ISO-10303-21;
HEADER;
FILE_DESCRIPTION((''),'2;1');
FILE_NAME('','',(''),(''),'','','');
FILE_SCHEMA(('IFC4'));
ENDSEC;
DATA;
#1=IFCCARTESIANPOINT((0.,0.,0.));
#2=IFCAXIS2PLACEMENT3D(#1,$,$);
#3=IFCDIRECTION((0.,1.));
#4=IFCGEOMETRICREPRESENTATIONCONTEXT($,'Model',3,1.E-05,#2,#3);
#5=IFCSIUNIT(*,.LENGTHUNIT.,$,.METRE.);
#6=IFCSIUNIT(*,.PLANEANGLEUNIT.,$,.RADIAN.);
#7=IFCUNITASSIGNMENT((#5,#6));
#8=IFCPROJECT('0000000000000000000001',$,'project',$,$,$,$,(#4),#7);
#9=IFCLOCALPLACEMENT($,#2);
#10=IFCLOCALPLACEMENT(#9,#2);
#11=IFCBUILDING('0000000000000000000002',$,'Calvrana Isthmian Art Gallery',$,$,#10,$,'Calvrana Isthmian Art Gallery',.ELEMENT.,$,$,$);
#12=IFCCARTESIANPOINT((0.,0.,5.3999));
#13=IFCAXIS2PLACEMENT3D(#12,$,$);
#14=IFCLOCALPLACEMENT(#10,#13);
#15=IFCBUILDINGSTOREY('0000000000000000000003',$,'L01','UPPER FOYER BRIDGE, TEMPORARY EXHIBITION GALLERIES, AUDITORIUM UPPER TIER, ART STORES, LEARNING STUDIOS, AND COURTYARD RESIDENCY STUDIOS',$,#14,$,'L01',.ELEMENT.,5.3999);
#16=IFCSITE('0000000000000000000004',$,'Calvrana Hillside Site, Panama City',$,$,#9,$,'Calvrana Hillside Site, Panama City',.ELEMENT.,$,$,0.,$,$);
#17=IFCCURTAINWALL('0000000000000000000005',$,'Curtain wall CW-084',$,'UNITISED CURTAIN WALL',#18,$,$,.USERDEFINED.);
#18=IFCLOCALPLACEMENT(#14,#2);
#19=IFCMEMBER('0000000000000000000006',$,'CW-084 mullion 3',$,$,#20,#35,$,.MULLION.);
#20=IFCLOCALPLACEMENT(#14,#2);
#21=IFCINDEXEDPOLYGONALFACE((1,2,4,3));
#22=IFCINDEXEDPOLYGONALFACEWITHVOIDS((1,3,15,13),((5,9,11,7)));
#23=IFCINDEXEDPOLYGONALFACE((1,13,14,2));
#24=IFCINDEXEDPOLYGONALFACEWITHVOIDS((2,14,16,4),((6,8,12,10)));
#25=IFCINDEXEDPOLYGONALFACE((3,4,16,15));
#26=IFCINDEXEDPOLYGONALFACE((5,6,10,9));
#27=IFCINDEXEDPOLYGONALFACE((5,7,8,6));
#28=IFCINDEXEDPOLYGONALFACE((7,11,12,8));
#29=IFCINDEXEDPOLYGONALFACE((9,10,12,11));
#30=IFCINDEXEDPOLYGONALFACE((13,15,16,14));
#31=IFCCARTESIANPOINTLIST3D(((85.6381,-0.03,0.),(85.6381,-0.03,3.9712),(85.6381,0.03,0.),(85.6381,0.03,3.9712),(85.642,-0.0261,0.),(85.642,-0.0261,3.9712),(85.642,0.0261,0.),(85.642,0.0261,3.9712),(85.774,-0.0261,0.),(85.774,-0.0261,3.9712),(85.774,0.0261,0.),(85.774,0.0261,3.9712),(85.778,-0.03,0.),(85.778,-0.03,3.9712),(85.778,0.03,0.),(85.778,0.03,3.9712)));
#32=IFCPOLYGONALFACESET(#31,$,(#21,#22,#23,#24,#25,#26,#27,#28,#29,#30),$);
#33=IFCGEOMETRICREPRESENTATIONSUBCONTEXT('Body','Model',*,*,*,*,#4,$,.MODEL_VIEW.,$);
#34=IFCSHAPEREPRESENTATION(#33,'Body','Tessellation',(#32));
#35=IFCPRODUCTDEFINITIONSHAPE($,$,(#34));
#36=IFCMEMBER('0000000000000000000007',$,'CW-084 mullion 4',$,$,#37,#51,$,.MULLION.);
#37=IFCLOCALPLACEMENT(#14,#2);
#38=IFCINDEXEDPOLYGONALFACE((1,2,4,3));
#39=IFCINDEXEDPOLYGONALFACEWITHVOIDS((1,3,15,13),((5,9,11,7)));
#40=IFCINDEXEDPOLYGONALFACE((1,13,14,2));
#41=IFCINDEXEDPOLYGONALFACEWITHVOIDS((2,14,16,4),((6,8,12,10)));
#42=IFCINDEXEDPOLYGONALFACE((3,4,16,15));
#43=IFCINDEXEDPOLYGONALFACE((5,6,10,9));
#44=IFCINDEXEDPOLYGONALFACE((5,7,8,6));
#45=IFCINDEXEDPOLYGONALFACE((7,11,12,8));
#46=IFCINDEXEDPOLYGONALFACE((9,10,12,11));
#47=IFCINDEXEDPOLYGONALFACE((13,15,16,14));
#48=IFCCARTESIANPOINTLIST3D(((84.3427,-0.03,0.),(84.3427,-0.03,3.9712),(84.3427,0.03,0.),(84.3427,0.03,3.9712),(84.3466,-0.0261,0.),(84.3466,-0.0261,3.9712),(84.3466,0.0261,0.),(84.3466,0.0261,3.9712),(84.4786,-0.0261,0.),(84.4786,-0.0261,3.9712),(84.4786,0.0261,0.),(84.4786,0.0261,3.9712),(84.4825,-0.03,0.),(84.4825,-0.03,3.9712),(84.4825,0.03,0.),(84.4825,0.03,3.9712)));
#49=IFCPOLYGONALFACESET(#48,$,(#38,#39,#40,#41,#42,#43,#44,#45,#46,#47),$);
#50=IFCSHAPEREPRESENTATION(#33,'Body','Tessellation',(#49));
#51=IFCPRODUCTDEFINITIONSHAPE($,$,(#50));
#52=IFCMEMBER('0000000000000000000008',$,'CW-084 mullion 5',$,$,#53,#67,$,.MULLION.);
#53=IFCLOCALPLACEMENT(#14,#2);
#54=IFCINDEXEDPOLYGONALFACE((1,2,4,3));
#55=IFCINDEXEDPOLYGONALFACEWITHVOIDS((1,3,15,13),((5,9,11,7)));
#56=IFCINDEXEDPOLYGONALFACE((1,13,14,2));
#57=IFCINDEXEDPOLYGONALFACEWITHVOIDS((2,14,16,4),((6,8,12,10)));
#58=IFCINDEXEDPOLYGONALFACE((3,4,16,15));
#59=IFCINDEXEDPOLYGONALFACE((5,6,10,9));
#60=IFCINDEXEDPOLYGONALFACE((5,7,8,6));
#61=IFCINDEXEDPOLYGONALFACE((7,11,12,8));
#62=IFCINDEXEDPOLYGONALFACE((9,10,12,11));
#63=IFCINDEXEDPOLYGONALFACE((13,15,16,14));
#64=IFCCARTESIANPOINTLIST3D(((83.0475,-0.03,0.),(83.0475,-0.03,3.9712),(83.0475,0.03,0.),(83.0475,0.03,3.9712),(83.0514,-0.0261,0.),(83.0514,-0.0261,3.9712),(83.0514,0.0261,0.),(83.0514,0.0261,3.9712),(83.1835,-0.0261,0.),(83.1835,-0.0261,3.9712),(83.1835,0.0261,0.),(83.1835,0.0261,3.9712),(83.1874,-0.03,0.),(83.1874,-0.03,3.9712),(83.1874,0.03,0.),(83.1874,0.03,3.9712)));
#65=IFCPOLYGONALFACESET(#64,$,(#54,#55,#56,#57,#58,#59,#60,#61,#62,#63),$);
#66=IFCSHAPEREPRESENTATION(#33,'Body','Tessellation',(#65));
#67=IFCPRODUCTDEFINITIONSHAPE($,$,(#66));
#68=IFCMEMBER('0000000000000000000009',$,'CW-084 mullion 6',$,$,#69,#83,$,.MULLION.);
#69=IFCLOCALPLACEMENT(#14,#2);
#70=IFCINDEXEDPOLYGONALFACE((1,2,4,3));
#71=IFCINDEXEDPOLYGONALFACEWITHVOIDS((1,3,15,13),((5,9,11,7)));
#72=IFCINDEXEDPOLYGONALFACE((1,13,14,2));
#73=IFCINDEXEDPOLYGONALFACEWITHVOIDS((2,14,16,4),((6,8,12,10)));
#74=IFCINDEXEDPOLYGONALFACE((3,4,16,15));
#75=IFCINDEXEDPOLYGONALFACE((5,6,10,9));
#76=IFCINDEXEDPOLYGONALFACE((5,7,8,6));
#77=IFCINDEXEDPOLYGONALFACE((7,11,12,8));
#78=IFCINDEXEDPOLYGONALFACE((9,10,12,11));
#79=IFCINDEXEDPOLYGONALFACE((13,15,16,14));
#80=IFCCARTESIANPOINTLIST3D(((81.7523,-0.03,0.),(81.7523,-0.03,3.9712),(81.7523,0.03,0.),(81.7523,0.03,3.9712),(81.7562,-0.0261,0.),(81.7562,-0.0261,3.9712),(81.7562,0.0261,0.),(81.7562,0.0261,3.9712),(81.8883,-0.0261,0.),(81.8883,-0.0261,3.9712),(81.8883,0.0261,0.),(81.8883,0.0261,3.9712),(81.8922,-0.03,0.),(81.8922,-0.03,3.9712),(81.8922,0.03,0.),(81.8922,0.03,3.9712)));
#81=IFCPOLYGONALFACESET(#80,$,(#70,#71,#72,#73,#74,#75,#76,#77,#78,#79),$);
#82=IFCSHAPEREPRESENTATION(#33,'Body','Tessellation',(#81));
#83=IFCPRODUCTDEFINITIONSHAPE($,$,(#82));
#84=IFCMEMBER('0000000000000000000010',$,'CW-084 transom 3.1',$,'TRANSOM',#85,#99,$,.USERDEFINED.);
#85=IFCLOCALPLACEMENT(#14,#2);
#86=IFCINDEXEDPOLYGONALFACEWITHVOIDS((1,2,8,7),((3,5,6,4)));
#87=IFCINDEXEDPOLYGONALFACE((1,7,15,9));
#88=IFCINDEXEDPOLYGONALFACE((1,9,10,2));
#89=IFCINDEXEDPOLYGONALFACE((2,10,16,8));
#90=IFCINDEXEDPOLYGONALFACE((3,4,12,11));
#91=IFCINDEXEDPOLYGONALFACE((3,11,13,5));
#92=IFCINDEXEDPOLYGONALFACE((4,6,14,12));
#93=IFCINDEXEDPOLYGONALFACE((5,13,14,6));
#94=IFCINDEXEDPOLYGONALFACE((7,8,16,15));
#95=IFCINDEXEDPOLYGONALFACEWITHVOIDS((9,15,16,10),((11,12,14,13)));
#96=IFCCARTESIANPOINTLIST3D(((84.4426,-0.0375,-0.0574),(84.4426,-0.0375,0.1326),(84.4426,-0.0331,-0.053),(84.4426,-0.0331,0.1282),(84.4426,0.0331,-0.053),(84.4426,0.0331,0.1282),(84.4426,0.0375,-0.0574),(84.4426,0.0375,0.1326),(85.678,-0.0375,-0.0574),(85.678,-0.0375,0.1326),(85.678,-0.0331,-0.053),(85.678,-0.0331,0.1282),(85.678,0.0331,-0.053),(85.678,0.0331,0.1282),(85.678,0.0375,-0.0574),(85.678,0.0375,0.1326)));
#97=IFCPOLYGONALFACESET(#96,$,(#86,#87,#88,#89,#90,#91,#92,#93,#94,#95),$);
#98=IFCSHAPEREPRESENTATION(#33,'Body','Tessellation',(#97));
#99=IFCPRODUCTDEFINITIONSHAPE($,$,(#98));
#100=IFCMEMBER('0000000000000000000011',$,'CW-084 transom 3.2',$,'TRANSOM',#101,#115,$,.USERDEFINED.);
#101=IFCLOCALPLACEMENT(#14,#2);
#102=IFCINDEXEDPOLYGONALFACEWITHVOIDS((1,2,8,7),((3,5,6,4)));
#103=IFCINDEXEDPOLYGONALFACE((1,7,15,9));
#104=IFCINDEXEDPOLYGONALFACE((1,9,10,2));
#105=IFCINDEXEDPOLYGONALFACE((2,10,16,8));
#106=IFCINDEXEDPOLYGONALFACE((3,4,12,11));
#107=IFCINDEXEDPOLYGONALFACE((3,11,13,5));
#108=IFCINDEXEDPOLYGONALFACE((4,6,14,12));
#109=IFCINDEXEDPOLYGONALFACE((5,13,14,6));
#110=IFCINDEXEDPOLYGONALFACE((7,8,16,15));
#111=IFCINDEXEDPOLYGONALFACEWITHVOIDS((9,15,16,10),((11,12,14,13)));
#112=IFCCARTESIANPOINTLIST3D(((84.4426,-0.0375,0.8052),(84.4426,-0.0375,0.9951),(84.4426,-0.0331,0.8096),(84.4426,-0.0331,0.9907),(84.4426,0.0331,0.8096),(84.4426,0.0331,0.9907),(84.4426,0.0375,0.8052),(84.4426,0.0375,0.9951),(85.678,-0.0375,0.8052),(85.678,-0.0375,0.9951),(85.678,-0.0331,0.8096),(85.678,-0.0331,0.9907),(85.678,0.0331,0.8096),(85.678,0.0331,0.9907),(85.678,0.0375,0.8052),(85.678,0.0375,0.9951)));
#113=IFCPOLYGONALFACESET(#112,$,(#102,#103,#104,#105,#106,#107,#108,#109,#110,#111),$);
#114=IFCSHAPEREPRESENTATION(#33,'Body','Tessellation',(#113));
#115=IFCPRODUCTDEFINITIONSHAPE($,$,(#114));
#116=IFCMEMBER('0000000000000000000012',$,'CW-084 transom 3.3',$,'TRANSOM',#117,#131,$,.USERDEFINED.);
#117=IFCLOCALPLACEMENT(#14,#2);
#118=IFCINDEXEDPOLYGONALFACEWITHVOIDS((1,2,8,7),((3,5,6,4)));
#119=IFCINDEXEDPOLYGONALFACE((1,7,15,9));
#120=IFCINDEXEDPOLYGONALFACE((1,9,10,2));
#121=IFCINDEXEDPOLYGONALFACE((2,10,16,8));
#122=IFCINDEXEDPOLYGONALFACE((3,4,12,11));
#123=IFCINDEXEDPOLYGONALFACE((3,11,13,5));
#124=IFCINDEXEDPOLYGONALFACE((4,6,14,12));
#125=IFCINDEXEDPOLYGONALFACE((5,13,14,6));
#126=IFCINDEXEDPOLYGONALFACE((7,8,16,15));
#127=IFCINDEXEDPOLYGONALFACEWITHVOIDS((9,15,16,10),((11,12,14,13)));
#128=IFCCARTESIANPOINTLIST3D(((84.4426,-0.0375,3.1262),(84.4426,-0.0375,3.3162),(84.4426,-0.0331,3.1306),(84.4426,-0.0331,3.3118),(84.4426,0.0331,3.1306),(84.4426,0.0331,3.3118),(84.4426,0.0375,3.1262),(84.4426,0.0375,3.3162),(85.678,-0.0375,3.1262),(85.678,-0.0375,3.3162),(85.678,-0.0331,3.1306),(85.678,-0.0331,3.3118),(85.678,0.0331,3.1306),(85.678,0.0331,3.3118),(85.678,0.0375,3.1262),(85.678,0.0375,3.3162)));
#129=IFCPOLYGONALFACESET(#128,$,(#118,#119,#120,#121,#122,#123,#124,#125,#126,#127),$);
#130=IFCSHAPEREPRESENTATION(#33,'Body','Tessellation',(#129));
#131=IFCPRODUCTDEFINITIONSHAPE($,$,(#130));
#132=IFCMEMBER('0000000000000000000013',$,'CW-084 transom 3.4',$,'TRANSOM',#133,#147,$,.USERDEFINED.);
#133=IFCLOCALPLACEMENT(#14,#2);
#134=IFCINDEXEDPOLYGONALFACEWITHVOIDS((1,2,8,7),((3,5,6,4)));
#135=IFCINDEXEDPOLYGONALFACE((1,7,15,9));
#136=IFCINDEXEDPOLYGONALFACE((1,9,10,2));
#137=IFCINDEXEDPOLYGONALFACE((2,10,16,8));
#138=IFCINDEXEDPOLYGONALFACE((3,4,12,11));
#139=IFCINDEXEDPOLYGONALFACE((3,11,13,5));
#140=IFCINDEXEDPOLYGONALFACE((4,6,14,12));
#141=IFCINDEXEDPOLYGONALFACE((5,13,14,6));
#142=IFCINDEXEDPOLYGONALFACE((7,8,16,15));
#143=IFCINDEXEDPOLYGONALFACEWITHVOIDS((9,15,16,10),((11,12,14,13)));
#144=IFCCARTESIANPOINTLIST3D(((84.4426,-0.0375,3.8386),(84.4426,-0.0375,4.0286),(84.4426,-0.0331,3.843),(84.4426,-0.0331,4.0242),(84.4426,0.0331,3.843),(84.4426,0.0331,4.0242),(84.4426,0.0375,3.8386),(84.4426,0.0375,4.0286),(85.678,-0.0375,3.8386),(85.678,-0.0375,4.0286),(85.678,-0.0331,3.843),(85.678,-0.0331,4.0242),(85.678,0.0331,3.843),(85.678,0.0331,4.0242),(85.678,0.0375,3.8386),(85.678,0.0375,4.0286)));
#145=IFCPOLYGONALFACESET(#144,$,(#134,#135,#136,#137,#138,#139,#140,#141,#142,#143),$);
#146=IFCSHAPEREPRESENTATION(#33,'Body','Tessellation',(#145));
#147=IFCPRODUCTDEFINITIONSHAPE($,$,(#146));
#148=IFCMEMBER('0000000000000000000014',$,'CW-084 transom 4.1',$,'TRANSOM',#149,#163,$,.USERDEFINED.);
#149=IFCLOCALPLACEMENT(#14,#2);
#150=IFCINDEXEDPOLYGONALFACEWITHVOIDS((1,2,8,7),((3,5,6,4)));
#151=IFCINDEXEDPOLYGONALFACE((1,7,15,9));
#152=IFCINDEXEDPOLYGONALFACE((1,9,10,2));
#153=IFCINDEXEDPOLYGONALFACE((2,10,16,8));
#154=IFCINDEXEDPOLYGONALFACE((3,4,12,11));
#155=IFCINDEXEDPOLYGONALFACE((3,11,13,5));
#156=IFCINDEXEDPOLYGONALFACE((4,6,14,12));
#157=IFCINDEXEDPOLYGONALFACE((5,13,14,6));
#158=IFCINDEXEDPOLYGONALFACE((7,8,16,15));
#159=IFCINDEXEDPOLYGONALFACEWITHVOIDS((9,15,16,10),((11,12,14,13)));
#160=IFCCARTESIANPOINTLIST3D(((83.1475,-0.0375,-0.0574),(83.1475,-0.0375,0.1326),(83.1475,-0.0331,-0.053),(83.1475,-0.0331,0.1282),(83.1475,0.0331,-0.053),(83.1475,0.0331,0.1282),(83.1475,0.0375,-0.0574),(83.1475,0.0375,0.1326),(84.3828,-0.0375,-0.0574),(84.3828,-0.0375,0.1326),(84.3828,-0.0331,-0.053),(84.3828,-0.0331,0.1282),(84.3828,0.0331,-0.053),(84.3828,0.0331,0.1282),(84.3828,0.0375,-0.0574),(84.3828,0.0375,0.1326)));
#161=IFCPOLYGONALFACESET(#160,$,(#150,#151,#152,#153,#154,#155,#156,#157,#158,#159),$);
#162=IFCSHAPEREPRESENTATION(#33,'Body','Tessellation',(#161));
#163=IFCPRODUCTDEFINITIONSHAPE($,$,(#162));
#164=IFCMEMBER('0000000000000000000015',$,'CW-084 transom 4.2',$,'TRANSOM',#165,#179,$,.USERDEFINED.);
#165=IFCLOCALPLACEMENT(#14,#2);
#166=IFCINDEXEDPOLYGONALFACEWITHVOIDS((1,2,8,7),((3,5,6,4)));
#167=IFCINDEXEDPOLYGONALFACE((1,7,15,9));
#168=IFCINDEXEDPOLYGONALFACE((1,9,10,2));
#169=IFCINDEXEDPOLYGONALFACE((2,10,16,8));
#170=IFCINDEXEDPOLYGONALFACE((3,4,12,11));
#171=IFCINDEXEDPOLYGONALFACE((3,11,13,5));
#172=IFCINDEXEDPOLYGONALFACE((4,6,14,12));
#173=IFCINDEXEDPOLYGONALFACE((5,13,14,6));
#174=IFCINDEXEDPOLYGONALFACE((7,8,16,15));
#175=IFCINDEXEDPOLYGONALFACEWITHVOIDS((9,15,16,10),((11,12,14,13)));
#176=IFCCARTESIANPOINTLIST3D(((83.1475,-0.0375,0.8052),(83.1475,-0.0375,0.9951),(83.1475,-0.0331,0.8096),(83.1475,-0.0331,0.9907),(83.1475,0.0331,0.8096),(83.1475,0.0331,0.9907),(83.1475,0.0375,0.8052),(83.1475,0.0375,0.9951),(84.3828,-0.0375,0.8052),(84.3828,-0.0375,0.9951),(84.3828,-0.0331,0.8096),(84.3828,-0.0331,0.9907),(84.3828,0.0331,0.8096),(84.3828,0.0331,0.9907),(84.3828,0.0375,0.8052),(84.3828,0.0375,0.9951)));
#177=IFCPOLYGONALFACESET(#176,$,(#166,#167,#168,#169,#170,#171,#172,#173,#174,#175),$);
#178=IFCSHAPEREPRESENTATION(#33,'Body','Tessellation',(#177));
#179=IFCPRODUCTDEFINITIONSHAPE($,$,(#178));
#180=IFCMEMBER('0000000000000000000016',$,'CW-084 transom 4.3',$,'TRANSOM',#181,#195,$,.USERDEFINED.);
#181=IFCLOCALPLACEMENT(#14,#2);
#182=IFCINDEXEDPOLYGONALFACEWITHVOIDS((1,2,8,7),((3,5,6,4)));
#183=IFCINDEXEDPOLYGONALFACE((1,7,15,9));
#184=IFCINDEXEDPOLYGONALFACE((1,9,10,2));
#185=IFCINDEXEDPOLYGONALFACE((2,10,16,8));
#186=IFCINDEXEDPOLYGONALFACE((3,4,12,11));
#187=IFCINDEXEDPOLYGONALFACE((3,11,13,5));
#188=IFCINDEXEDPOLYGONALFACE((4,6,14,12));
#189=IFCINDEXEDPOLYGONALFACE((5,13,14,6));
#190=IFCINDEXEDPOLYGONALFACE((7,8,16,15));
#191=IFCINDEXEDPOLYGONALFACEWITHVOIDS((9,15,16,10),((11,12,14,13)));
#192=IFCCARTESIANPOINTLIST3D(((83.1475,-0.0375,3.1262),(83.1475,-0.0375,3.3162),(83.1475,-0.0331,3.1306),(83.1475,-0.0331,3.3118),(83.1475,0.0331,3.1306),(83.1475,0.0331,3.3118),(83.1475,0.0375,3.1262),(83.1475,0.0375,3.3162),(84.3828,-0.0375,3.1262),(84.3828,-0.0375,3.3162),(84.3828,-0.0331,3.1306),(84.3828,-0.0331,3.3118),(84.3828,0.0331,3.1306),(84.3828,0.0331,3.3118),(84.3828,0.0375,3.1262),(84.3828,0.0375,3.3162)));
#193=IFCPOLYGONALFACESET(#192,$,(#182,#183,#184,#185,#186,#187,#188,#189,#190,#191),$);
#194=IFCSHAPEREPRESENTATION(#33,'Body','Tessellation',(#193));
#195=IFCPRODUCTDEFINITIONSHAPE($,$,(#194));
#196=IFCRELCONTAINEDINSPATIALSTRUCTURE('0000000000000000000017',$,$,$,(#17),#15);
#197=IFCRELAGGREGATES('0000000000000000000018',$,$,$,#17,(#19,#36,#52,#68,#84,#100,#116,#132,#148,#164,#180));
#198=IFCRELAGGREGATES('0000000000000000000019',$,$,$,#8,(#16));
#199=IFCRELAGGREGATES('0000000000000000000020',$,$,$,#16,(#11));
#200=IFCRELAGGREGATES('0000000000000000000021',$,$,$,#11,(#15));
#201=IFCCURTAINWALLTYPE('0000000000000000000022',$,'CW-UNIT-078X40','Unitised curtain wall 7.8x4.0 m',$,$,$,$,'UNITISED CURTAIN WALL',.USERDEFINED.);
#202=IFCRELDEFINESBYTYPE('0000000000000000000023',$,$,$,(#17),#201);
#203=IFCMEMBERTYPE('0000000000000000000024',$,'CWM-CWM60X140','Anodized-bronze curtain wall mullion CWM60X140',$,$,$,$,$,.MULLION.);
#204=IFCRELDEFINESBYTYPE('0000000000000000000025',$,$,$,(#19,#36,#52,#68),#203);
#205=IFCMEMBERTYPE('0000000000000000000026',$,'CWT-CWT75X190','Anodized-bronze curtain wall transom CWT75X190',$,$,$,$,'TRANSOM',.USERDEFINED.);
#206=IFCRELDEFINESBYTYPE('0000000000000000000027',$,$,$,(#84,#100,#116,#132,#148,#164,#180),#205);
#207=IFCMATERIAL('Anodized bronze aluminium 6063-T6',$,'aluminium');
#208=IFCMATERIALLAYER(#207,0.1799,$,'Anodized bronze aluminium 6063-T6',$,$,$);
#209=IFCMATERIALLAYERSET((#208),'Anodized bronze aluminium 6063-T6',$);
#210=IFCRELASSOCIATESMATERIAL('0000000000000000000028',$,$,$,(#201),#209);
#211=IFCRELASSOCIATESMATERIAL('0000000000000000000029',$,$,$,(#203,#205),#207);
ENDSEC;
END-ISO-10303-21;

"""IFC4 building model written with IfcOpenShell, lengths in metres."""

from ifc_helpers import new_model, si_unit, direction, frame, origin, origin_2d, place, context, subcontext, project, spatial, hollow_rectangle, extrude, material, layer, layer_set, material_profile, profile_set, type_object, element, aggregate, save


model = new_model("IFC4")

# Units and contexts
model_context = context("Model", 3, precision=1e-05, world=origin(), true_north=direction((0.0, 1.0)))
body_context = subcontext(model_context, "Body", "Model", "MODEL_VIEW")
ifc_project = project(units=[si_unit("LENGTHUNIT", "METRE"), si_unit("PLANEANGLEUNIT", "RADIAN")], contexts=[model_context])

# Site, building, storey
site_placement = place(None, origin())
site = spatial("IfcSite", under=ifc_project, at=site_placement, Name="Calvrana Hillside Site, Panama City", LongName="Calvrana Hillside Site, Panama City", CompositionType="ELEMENT", RefElevation=0.0)
building_placement = place(site_placement, origin())
building = spatial("IfcBuilding", under=site, at=building_placement, Name="Calvrana Isthmian Art Gallery", LongName="Calvrana Isthmian Art Gallery", CompositionType="ELEMENT")
storey_placement = place(building_placement, frame((0.0, 0.0, 5.3999)))
storey = spatial("IfcBuildingStorey", under=building, at=storey_placement, Name="L01", Description="UPPER FOYER BRIDGE, TEMPORARY EXHIBITION GALLERIES, AUDITORIUM UPPER TIER, ART STORES, LEARNING STUDIOS, AND COURTYARD RESIDENCY STUDIOS", LongName="L01", CompositionType="ELEMENT", Elevation=5.3999)

# Curtain wall, members
ifc_material_1 = material(Name="Anodized bronze aluminium 6063-T6", Category="aluminium")
ifc_layer_1 = layer(ifc_material_1, 0.1799, Name="Anodized bronze aluminium 6063-T6")
ifc_layer_set_1 = layer_set([ifc_layer_1], Name="Anodized bronze aluminium 6063-T6")
curtain_wall_type = type_object("IfcCurtainWallType", Name="CW-UNIT-078X40", Description="Unitised curtain wall 7.8x4.0 m", ElementType="UNITISED CURTAIN WALL", PredefinedType="USERDEFINED", material=ifc_layer_set_1)
curtain_wall_placement = place(storey_placement, origin())
curtain_wall = element("IfcCurtainWall", 1, at=curtain_wall_placement, inside=storey, type_object=curtain_wall_type, Name="Curtain wall CW-084", ObjectType="UNITISED CURTAIN WALL", PredefinedType="USERDEFINED")
ifc_material_profile_1 = material_profile(ifc_material_1, hollow_rectangle(XDim=0.0601, YDim=0.1399, WallThickness=0.0039, at=origin_2d()), Name="CWM60X140")
ifc_profile_set_1 = profile_set([ifc_material_profile_1], Name="Anodized bronze aluminium 6063-T6")
member_type_1 = type_object("IfcMemberType", Name="CWM-CWM60X140", Description="Anodized-bronze curtain wall mullion CWM60X140", PredefinedType="MULLION", material=ifc_profile_set_1)
member_1_placement = place(storey_placement, frame((85.708, 0.0, 0.0), z_axis=(0.0, 0.0, 1.0), x_axis=(0.0, -1.0, 0.0)))
member_1 = element("IfcMember", 2, at=member_1_placement, type_object=member_type_1, Name="CW-084 mullion 3", PredefinedType="MULLION", context=body_context, shape_type="SweptSolid", body=[
    extrude(hollow_rectangle(XDim=0.0601, YDim=0.1399, WallThickness=0.0039, at=origin_2d()), origin(), (0.0, 0.0, 1.0), 3.9712),
])
member_2_placement = place(storey_placement, frame((84.4126, 0.0, 0.0), z_axis=(0.0, 0.0, 1.0), x_axis=(0.0, -1.0, 0.0)))
member_2 = element("IfcMember", 3, at=member_2_placement, type_object=member_type_1, Name="CW-084 mullion 4", PredefinedType="MULLION", context=body_context, shape_type="SweptSolid", body=[
    extrude(hollow_rectangle(XDim=0.0601, YDim=0.1399, WallThickness=0.0039, at=origin_2d()), origin(), (0.0, 0.0, 1.0), 3.9712),
])
member_3_placement = place(storey_placement, frame((83.1174, 0.0, 0.0), z_axis=(0.0, 0.0, 1.0), x_axis=(0.0, -1.0, 0.0)))
member_3 = element("IfcMember", 4, at=member_3_placement, type_object=member_type_1, Name="CW-084 mullion 5", PredefinedType="MULLION", context=body_context, shape_type="SweptSolid", body=[
    extrude(hollow_rectangle(XDim=0.0601, YDim=0.1399, WallThickness=0.0039, at=origin_2d()), origin(), (0.0, 0.0, 1.0), 3.9712),
])
member_4_placement = place(storey_placement, frame((81.8223, 0.0, 0.0), z_axis=(0.0, 0.0, 1.0), x_axis=(0.0, -1.0, 0.0)))
member_4 = element("IfcMember", 5, at=member_4_placement, type_object=member_type_1, Name="CW-084 mullion 6", PredefinedType="MULLION", context=body_context, shape_type="SweptSolid", body=[
    extrude(hollow_rectangle(XDim=0.0601, YDim=0.1399, WallThickness=0.0039, at=origin_2d()), origin(), (0.0, 0.0, 1.0), 3.9712),
])
ifc_material_profile_2 = material_profile(ifc_material_1, hollow_rectangle(XDim=0.075, YDim=0.1899, WallThickness=0.0044, at=origin_2d()), Name="CWT75X190")
ifc_profile_set_2 = profile_set([ifc_material_profile_2], Name="Anodized bronze aluminium 6063-T6")
member_type_2 = type_object("IfcMemberType", Name="CWT-CWT75X190", Description="Anodized-bronze curtain wall transom CWT75X190", ElementType="TRANSOM", PredefinedType="USERDEFINED", material=ifc_profile_set_2)
member_5_placement = place(storey_placement, frame((85.678, 0.0, 0.0376), z_axis=(-1.0, 0.0, 0.0), x_axis=(0.0, -1.0, 0.0)))
member_5 = element("IfcMember", 6, at=member_5_placement, type_object=member_type_2, Name="CW-084 transom 3.1", ObjectType="TRANSOM", PredefinedType="USERDEFINED", context=body_context, shape_type="SweptSolid", body=[
    extrude(hollow_rectangle(XDim=0.075, YDim=0.1899, WallThickness=0.0044, at=origin_2d()), origin(), (0.0, 0.0, 1.0), 1.2354),
])
member_6_placement = place(storey_placement, frame((85.678, 0.0, 0.9001), z_axis=(-1.0, 0.0, 0.0), x_axis=(0.0, -1.0, 0.0)))
member_6 = element("IfcMember", 7, at=member_6_placement, type_object=member_type_2, Name="CW-084 transom 3.2", ObjectType="TRANSOM", PredefinedType="USERDEFINED", context=body_context, shape_type="SweptSolid", body=[
    extrude(hollow_rectangle(XDim=0.075, YDim=0.1899, WallThickness=0.0044, at=origin_2d()), origin(), (0.0, 0.0, 1.0), 1.2354),
])
member_7_placement = place(storey_placement, frame((85.678, 0.0, 3.2212), z_axis=(-1.0, 0.0, 0.0), x_axis=(0.0, -1.0, 0.0)))
member_7 = element("IfcMember", 8, at=member_7_placement, type_object=member_type_2, Name="CW-084 transom 3.3", ObjectType="TRANSOM", PredefinedType="USERDEFINED", context=body_context, shape_type="SweptSolid", body=[
    extrude(hollow_rectangle(XDim=0.075, YDim=0.1899, WallThickness=0.0044, at=origin_2d()), origin(), (0.0, 0.0, 1.0), 1.2354),
])
member_8_placement = place(storey_placement, frame((85.678, 0.0, 3.9336), z_axis=(-1.0, 0.0, 0.0), x_axis=(0.0, -1.0, 0.0)))
member_8 = element("IfcMember", 9, at=member_8_placement, type_object=member_type_2, Name="CW-084 transom 3.4", ObjectType="TRANSOM", PredefinedType="USERDEFINED", context=body_context, shape_type="SweptSolid", body=[
    extrude(hollow_rectangle(XDim=0.075, YDim=0.1899, WallThickness=0.0044, at=origin_2d()), origin(), (0.0, 0.0, 1.0), 1.2354),
])
member_9_placement = place(storey_placement, frame((84.3828, 0.0, 0.0376), z_axis=(-1.0, 0.0, 0.0), x_axis=(0.0, -1.0, 0.0)))
member_9 = element("IfcMember", 10, at=member_9_placement, type_object=member_type_2, Name="CW-084 transom 4.1", ObjectType="TRANSOM", PredefinedType="USERDEFINED", context=body_context, shape_type="SweptSolid", body=[
    extrude(hollow_rectangle(XDim=0.075, YDim=0.1899, WallThickness=0.0044, at=origin_2d()), origin(), (0.0, 0.0, 1.0), 1.2354),
])
member_10_placement = place(storey_placement, frame((84.3828, 0.0, 0.9001), z_axis=(-1.0, 0.0, 0.0), x_axis=(0.0, -1.0, 0.0)))
member_10 = element("IfcMember", 11, at=member_10_placement, type_object=member_type_2, Name="CW-084 transom 4.2", ObjectType="TRANSOM", PredefinedType="USERDEFINED", context=body_context, shape_type="SweptSolid", body=[
    extrude(hollow_rectangle(XDim=0.075, YDim=0.1899, WallThickness=0.0044, at=origin_2d()), origin(), (0.0, 0.0, 1.0), 1.2354),
])
member_11_placement = place(storey_placement, frame((84.3828, 0.0, 3.2212), z_axis=(-1.0, 0.0, 0.0), x_axis=(0.0, -1.0, 0.0)))
member_11 = element("IfcMember", 12, at=member_11_placement, type_object=member_type_2, Name="CW-084 transom 4.3", ObjectType="TRANSOM", PredefinedType="USERDEFINED", context=body_context, shape_type="SweptSolid", body=[
    extrude(hollow_rectangle(XDim=0.075, YDim=0.1899, WallThickness=0.0044, at=origin_2d()), origin(), (0.0, 0.0, 1.0), 1.2354),
])
aggregate(curtain_wall, [member_1, member_2, member_3, member_4, member_5, member_6, member_7, member_8, member_9, member_10, member_11])

save(model, "model.ifc")
